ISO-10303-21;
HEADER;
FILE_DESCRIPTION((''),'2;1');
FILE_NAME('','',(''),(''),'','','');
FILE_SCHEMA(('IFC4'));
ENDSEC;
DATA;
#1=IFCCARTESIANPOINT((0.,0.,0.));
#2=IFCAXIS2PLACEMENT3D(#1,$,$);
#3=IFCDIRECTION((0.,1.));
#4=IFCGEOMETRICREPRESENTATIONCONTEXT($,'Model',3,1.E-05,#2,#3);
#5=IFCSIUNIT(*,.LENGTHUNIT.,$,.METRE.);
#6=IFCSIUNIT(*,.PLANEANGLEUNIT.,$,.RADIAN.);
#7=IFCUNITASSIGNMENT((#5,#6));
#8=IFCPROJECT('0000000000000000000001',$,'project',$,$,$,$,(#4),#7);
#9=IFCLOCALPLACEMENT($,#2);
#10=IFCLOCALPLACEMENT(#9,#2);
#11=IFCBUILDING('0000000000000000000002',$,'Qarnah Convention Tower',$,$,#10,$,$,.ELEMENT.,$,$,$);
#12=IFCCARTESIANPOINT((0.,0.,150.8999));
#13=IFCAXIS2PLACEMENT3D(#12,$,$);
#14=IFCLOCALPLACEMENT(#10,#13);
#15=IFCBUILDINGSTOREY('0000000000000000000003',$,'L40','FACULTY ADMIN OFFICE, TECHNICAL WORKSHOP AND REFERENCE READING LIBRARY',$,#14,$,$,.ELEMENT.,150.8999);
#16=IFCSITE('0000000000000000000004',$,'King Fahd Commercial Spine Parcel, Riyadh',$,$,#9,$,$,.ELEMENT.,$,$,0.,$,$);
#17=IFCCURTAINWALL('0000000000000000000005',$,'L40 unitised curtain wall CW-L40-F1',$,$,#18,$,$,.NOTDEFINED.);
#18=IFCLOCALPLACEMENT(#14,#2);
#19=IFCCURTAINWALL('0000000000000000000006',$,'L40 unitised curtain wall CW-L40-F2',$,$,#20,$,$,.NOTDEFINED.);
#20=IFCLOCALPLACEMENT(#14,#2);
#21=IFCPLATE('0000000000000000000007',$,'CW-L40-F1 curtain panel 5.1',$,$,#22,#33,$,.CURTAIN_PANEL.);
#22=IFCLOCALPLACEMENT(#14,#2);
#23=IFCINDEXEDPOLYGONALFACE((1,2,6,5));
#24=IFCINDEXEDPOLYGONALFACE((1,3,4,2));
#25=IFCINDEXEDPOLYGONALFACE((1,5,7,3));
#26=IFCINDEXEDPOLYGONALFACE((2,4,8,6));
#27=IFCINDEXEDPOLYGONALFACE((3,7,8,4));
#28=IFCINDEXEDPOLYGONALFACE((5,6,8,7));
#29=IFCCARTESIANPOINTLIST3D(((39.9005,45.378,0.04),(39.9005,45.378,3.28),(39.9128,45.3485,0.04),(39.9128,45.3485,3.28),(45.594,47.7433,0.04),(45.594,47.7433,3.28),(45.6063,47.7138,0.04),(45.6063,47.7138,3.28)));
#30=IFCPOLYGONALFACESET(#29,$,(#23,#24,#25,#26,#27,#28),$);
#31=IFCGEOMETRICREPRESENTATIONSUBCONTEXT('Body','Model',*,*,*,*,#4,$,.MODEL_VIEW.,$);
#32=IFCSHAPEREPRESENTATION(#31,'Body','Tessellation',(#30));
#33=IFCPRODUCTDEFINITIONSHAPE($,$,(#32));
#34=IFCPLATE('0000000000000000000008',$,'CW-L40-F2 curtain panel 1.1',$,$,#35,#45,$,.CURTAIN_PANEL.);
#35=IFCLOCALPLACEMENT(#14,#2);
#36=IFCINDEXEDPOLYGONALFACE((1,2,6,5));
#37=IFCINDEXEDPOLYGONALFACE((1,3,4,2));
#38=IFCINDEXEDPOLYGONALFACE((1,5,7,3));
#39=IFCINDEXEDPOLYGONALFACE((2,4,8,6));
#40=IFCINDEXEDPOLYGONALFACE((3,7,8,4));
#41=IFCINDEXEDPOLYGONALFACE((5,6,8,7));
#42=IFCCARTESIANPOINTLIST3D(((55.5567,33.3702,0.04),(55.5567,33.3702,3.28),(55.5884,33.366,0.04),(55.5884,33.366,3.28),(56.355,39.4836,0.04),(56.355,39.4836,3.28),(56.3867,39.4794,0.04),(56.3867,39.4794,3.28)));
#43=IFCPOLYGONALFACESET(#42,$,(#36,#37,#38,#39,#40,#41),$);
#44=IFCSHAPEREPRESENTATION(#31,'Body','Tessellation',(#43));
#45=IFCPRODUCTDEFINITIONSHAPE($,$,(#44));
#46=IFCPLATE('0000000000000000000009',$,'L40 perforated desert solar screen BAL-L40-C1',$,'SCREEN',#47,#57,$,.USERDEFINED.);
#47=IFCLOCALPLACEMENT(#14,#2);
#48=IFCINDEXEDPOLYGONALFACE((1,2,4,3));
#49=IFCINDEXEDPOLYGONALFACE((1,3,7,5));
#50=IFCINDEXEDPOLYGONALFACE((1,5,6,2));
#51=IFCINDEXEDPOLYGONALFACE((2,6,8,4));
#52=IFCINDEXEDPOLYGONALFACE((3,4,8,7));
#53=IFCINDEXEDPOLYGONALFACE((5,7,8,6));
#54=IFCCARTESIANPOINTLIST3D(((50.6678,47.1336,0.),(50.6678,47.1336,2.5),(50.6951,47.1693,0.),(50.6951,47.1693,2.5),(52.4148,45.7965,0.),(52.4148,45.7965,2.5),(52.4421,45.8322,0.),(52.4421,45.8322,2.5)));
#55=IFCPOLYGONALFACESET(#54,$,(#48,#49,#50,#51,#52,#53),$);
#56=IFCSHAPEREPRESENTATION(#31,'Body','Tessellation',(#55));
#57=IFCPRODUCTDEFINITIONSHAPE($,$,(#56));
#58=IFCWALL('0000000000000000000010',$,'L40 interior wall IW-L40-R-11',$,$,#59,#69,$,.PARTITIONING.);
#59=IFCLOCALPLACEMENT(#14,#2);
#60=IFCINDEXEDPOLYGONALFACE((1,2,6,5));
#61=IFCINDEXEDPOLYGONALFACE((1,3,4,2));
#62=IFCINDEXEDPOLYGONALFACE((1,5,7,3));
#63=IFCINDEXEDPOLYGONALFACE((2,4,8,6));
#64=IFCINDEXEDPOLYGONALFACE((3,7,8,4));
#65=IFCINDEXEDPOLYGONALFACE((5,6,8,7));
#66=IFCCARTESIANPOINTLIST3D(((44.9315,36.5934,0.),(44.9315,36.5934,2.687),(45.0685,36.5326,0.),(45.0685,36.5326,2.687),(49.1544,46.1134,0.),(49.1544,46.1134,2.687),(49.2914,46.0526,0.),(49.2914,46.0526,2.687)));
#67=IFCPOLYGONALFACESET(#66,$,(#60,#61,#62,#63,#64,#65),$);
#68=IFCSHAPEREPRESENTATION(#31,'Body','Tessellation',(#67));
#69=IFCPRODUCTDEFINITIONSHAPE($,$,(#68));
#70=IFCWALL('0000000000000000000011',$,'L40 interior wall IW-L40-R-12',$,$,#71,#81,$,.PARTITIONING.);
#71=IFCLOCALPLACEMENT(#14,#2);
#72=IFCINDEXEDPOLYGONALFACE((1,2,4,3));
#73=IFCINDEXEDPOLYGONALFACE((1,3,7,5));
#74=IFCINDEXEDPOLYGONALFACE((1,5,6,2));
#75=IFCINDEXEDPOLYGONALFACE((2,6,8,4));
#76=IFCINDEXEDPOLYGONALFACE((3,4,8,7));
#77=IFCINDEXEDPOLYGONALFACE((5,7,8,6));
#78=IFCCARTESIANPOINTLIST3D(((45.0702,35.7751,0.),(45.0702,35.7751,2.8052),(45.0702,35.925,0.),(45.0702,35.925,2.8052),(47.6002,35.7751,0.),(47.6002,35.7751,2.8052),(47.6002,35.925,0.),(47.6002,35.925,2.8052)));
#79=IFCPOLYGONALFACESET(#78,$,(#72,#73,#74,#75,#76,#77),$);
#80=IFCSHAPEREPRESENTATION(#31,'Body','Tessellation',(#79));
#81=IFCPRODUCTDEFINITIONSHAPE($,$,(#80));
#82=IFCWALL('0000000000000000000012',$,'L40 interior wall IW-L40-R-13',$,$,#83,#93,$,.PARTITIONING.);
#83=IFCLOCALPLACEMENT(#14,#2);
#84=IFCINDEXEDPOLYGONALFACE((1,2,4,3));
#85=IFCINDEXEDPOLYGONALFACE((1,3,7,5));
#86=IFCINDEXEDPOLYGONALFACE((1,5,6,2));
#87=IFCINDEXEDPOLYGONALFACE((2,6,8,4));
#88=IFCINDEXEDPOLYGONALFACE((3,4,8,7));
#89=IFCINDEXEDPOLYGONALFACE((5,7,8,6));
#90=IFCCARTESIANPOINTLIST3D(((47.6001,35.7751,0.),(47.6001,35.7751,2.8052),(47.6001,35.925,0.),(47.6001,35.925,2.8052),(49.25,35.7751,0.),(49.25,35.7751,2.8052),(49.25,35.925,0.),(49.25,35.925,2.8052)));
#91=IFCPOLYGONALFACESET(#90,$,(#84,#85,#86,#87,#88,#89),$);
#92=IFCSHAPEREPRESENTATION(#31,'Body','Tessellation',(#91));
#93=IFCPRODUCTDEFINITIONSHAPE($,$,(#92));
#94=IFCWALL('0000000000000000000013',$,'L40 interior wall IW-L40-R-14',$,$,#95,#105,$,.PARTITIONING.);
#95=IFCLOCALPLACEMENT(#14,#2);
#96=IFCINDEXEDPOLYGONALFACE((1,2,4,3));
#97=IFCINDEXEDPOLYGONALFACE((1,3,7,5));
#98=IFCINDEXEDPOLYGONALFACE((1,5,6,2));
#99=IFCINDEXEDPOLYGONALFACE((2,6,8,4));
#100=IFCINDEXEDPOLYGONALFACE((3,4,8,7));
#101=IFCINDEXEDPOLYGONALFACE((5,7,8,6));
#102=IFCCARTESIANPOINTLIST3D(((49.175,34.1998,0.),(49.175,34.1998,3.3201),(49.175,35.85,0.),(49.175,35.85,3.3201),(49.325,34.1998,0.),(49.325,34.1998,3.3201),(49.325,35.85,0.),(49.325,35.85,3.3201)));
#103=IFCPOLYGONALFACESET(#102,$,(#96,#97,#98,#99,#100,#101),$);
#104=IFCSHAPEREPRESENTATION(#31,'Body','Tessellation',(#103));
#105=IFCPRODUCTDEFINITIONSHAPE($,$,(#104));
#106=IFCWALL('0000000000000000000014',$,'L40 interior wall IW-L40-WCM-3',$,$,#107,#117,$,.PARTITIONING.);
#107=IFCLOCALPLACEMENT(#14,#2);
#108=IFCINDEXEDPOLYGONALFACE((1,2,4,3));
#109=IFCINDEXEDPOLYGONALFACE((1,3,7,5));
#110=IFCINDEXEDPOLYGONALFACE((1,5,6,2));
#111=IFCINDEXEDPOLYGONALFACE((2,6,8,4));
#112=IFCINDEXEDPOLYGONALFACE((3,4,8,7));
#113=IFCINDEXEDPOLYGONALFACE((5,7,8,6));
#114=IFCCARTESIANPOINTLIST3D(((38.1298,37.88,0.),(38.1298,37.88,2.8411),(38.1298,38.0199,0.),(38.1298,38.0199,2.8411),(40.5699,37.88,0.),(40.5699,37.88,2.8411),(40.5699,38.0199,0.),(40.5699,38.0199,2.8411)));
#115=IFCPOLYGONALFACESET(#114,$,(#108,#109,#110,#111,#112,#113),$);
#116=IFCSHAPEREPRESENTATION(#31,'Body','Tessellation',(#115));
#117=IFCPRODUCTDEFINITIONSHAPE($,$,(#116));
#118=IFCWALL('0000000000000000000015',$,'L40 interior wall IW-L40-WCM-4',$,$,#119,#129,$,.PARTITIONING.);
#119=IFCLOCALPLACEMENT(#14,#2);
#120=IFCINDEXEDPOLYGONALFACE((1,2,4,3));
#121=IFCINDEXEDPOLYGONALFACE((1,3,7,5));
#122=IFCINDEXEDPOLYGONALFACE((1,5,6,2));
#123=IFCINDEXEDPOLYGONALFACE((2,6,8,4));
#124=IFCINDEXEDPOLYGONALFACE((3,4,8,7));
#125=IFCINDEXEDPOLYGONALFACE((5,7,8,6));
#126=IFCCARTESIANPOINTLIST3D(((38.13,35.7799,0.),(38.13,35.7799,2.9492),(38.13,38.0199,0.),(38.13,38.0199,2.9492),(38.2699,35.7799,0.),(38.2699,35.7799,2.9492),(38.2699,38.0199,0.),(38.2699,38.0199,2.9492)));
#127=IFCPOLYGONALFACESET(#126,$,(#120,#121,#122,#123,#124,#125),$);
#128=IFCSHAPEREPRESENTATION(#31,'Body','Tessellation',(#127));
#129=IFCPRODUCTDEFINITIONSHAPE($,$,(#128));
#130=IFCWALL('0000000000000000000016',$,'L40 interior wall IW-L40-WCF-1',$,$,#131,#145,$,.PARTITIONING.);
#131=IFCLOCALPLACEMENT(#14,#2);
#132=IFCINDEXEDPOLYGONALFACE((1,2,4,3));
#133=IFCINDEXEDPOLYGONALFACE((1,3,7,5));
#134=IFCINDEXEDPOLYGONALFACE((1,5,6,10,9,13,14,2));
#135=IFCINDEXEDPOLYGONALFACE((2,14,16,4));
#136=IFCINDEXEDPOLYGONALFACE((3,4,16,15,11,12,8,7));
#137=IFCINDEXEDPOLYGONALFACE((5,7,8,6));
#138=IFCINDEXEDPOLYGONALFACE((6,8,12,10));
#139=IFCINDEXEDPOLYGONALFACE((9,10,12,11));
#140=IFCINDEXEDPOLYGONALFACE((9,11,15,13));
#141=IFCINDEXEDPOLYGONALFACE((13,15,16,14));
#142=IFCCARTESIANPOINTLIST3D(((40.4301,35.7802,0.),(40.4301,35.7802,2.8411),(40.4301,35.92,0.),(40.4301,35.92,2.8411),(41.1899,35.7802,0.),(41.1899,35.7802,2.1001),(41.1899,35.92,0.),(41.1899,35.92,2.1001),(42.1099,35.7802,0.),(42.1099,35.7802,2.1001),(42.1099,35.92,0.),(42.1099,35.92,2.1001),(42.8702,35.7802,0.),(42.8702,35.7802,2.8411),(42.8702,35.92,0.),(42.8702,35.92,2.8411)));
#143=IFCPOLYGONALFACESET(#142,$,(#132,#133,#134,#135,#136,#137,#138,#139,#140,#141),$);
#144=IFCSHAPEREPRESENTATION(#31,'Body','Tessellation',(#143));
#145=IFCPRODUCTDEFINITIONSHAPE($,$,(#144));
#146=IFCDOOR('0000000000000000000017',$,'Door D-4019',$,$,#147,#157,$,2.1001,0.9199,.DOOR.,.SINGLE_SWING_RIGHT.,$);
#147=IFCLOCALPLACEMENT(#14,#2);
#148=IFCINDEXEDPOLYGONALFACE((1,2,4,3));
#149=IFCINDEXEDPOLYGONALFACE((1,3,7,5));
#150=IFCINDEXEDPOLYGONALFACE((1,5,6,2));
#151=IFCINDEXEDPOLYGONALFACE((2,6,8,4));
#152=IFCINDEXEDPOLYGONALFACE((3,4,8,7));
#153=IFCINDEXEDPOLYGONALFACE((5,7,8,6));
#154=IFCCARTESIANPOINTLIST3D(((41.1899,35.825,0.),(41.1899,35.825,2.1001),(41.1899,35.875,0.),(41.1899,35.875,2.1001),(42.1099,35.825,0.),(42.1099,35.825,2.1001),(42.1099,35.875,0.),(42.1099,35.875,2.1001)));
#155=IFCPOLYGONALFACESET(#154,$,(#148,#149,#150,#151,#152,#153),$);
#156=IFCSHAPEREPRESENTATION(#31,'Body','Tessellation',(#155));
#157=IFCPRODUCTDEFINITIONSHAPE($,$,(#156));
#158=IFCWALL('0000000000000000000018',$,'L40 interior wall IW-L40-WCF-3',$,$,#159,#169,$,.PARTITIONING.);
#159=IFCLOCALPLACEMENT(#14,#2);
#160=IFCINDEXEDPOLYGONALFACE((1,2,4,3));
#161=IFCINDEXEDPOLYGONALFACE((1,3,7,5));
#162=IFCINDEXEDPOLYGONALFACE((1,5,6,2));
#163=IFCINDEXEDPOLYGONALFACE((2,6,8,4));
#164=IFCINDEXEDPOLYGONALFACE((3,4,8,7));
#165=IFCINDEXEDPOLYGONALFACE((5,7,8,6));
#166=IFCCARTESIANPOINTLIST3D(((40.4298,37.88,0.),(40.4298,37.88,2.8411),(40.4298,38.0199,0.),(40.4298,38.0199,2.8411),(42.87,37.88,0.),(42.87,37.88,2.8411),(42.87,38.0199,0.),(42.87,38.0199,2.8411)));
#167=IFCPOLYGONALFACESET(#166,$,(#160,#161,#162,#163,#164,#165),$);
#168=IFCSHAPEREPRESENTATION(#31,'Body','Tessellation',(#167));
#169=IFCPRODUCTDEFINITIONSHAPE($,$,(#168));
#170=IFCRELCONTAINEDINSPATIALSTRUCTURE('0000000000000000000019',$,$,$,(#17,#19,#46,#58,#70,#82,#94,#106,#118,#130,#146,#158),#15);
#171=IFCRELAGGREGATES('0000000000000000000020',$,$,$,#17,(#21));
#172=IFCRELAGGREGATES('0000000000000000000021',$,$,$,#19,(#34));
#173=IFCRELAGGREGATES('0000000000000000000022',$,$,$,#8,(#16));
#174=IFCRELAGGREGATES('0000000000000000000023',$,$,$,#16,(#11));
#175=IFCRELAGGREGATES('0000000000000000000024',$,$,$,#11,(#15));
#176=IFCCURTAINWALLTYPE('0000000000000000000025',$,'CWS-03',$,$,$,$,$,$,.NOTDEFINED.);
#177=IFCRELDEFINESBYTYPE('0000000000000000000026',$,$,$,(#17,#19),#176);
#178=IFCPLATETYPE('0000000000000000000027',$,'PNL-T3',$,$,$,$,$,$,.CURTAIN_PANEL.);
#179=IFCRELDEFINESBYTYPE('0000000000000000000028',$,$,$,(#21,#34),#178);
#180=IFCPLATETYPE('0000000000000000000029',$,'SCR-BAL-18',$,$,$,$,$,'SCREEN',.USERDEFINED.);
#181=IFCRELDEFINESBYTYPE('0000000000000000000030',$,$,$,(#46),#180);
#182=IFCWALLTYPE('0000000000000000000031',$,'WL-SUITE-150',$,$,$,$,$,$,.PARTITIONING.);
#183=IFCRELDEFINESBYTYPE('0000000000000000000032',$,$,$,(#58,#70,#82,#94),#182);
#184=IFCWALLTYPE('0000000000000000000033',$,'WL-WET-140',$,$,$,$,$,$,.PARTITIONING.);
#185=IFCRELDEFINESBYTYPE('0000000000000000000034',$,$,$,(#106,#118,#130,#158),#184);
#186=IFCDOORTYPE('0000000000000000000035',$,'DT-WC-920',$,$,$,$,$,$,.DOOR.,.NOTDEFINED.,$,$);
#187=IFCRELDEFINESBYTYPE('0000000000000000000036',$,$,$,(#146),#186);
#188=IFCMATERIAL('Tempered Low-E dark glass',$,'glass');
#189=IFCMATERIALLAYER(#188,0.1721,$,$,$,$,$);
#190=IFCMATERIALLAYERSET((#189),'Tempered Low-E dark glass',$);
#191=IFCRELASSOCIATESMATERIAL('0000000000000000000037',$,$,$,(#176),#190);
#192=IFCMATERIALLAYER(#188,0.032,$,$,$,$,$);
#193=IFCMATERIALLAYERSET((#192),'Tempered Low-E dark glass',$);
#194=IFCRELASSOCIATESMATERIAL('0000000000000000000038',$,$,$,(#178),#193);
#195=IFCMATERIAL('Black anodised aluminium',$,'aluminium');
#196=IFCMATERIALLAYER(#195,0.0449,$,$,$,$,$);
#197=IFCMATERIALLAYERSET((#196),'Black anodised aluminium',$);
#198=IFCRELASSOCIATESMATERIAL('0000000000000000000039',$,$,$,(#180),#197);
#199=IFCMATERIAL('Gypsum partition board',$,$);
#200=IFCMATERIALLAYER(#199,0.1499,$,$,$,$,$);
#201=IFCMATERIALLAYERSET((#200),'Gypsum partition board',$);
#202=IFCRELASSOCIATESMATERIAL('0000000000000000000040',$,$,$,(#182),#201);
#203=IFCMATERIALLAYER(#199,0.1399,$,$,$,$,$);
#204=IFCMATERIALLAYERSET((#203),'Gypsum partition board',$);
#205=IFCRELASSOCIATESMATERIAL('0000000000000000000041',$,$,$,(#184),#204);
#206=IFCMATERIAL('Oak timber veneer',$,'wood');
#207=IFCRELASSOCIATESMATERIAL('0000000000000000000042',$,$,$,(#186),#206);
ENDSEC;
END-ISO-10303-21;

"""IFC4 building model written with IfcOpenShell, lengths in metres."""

from ifc_helpers import new_model, si_unit, direction, frame, frame_2d, origin, origin_2d, place, context, subcontext, project, spatial, rectangle, extrude, material, layer, layer_set, type_object, element, fill, aggregate, save


model = new_model("IFC4")

# Units and contexts
model_context = context("Model", 3, precision=1e-05, world=origin(), true_north=direction((0.0, 1.0)))
body_context = subcontext(model_context, "Body", "Model", "MODEL_VIEW")
ifc_project = project(units=[si_unit("LENGTHUNIT", "METRE"), si_unit("PLANEANGLEUNIT", "RADIAN")], contexts=[model_context])

# Site, building, storey
site_placement = place(None, origin())
site = spatial("IfcSite", under=ifc_project, at=site_placement, Name="King Fahd Commercial Spine Parcel, Riyadh", CompositionType="ELEMENT", RefElevation=0.0)
building_placement = place(site_placement, origin())
building = spatial("IfcBuilding", under=site, at=building_placement, Name="Qarnah Convention Tower", CompositionType="ELEMENT")
storey_placement = place(building_placement, frame((0.0, 0.0, 150.8999)))
storey = spatial("IfcBuildingStorey", under=building, at=storey_placement, Name="L40", Description="FACULTY ADMIN OFFICE, TECHNICAL WORKSHOP AND REFERENCE READING LIBRARY", CompositionType="ELEMENT", Elevation=150.8999)

# Curtain walls
ifc_material_1 = material(Name="Tempered Low-E dark glass", Category="glass")
ifc_layer_1 = layer(ifc_material_1, 0.1721)
ifc_layer_set_1 = layer_set([ifc_layer_1], Name="Tempered Low-E dark glass")
curtain_wall_type = type_object("IfcCurtainWallType", Name="CWS-03", PredefinedType="NOTDEFINED", material=ifc_layer_set_1)
curtain_wall_1_placement = place(storey_placement, origin())
curtain_wall_1 = element("IfcCurtainWall", 1, at=curtain_wall_1_placement, inside=storey, type_object=curtain_wall_type, Name="L40 unitised curtain wall CW-L40-F1", PredefinedType="NOTDEFINED")
ifc_material_2 = material(Name="Black anodised aluminium", Category="aluminium")
curtain_wall_2_placement = place(storey_placement, origin())
curtain_wall_2 = element("IfcCurtainWall", 2, at=curtain_wall_2_placement, inside=storey, type_object=curtain_wall_type, Name="L40 unitised curtain wall CW-L40-F2", PredefinedType="NOTDEFINED")

# Plates
ifc_layer_2 = layer(ifc_material_1, 0.032)
ifc_layer_set_2 = layer_set([ifc_layer_2], Name="Tempered Low-E dark glass")
plate_type_1 = type_object("IfcPlateType", Name="PNL-T3", PredefinedType="CURTAIN_PANEL", material=ifc_layer_set_2)
plate_1_placement = place(storey_placement, frame((42.7534, 46.5459, 0.04), z_axis=(0.0, 0.0, 1.0), x_axis=(0.923479, 0.383649, 0.0)))
plate_1 = element("IfcPlate", 3, at=plate_1_placement, type_object=plate_type_1, Name="CW-L40-F1 curtain panel 5.1", PredefinedType="CURTAIN_PANEL", context=body_context, shape_type="SweptSolid", body=[
    extrude(rectangle(XDim=6.1653, YDim=0.032, at=origin_2d()), origin(), (0.0, 0.0, 1.0), 3.24),
])
aggregate(curtain_wall_1, [plate_1])
plate_2_placement = place(storey_placement, frame((55.9717, 36.4248, 0.04), z_axis=(0.0, 0.0, 1.0), x_axis=(-0.129476, -0.991583, 0.0)))
plate_2 = element("IfcPlate", 4, at=plate_2_placement, type_object=plate_type_1, Name="CW-L40-F2 curtain panel 1.1", PredefinedType="CURTAIN_PANEL", context=body_context, shape_type="SweptSolid", body=[
    extrude(rectangle(XDim=6.1653, YDim=0.032, at=origin_2d()), origin(), (0.0, 0.0, 1.0), 3.24),
])
aggregate(curtain_wall_2, [plate_2])
ifc_layer_3 = layer(ifc_material_2, 0.0449)
ifc_layer_set_3 = layer_set([ifc_layer_3], Name="Black anodised aluminium")
plate_type_2 = type_object("IfcPlateType", Name="SCR-BAL-18", ElementType="SCREEN", PredefinedType="USERDEFINED", material=ifc_layer_set_3)
plate_3_placement = place(storey_placement, frame((51.5549, 46.4829, 0.0), z_axis=(0.0, 0.0, 1.0), x_axis=(0.794092, -0.607797, 0.0)))
element("IfcPlate", 5, at=plate_3_placement, inside=storey, type_object=plate_type_2, Name="L40 perforated desert solar screen BAL-L40-C1", ObjectType="SCREEN", PredefinedType="USERDEFINED", context=body_context, shape_type="SweptSolid", body=[
    extrude(rectangle(XDim=2.2, YDim=0.0449, at=origin_2d()), origin(), (0.0, 0.0, 1.0), 2.5),
])

# Walls
ifc_material_3 = material(Name="Gypsum partition board")
ifc_layer_4 = layer(ifc_material_3, 0.1499)
ifc_layer_set_4 = layer_set([ifc_layer_4], Name="Gypsum partition board")
wall_type_1 = type_object("IfcWallType", Name="WL-SUITE-150", PredefinedType="PARTITIONING", material=ifc_layer_set_4)
wall_1_placement = place(storey_placement, frame((49.2229, 46.083, 0.0), z_axis=(0.0, 0.0, 1.0), x_axis=(-0.405479, -0.914104, 0.0)))
element("IfcWall", 6, at=wall_1_placement, inside=storey, type_object=wall_type_1, Name="L40 interior wall IW-L40-R-11", PredefinedType="PARTITIONING", context=body_context, shape_type="SweptSolid", body=[
    extrude(rectangle(XDim=10.4146, YDim=0.1499, at=frame_2d((5.2073, 0.0))), origin(), (0.0, 0.0, 1.0), 2.687),
])
wall_2_placement = place(storey_placement, frame((45.0701, 35.8501, 0.0), z_axis=(0.0, 0.0, 1.0), x_axis=(1.0, 0.0, 0.0)))
element("IfcWall", 7, at=wall_2_placement, inside=storey, type_object=wall_type_1, Name="L40 interior wall IW-L40-R-12", PredefinedType="PARTITIONING", context=body_context, shape_type="SweptSolid", body=[
    extrude(rectangle(XDim=2.53, YDim=0.1499, at=frame_2d((1.2651, 0.0))), origin(), (0.0, 0.0, 1.0), 2.8052),
])
wall_3_placement = place(storey_placement, frame((47.6001, 35.8501, 0.0), z_axis=(0.0, 0.0, 1.0), x_axis=(1.0, 0.0, 0.0)))
element("IfcWall", 8, at=wall_3_placement, inside=storey, type_object=wall_type_1, Name="L40 interior wall IW-L40-R-13", PredefinedType="PARTITIONING", context=body_context, shape_type="SweptSolid", body=[
    extrude(rectangle(XDim=1.6499, YDim=0.1499, at=frame_2d((0.825, 0.0))), origin(), (0.0, 0.0, 1.0), 2.8052),
])
wall_4_placement = place(storey_placement, frame((49.25, 35.8501, 0.0), z_axis=(0.0, 0.0, 1.0), x_axis=(0.0, -1.0, 0.0)))
element("IfcWall", 9, at=wall_4_placement, inside=storey, type_object=wall_type_1, Name="L40 interior wall IW-L40-R-14", PredefinedType="PARTITIONING", context=body_context, shape_type="SweptSolid", body=[
    extrude(rectangle(XDim=1.6501, YDim=0.1499, at=frame_2d((0.8252, 0.0))), origin(), (0.0, 0.0, 1.0), 3.3201),
])
ifc_layer_5 = layer(ifc_material_3, 0.1399)
ifc_layer_set_5 = layer_set([ifc_layer_5], Name="Gypsum partition board")
wall_type_2 = type_object("IfcWallType", Name="WL-WET-140", PredefinedType="PARTITIONING", material=ifc_layer_set_5)
wall_5_placement = place(storey_placement, frame((40.5701, 37.95, 0.0), z_axis=(0.0, 0.0, 1.0), x_axis=(-1.0, 0.0, 0.0)))
element("IfcWall", 10, at=wall_5_placement, inside=storey, type_object=wall_type_2, Name="L40 interior wall IW-L40-WCM-3", PredefinedType="PARTITIONING", context=body_context, shape_type="SweptSolid", body=[
    extrude(rectangle(XDim=2.4402, YDim=0.1399, at=frame_2d((1.2202, 0.0))), origin(), (0.0, 0.0, 1.0), 2.8411),
])
wall_6_placement = place(storey_placement, frame((38.2, 38.02, 0.0), z_axis=(0.0, 0.0, 1.0), x_axis=(0.0, -1.0, 0.0)))
element("IfcWall", 11, at=wall_6_placement, inside=storey, type_object=wall_type_2, Name="L40 interior wall IW-L40-WCM-4", PredefinedType="PARTITIONING", context=body_context, shape_type="SweptSolid", body=[
    extrude(rectangle(XDim=2.24, YDim=0.1399, at=frame_2d((1.1201, 0.0))), origin(), (0.0, 0.0, 1.0), 2.9492),
])

# Wall, opening, door
wall_7_placement = place(storey_placement, frame((40.4299, 35.8501, 0.0), z_axis=(0.0, 0.0, 1.0), x_axis=(1.0, 0.0, 0.0)))
wall_7 = element("IfcWall", 12, at=wall_7_placement, inside=storey, type_object=wall_type_2, Name="L40 interior wall IW-L40-WCF-1", PredefinedType="PARTITIONING", context=body_context, shape_type="SweptSolid", body=[
    extrude(rectangle(XDim=2.4402, YDim=0.1399, at=frame_2d((1.2202, 0.0))), origin(), (0.0, 0.0, 1.0), 2.8411),
])
opening_1_placement = place(wall_7_placement, frame((0.76, 0.0, 0.0)))
opening_1 = element("IfcOpeningElement", 13, at=opening_1_placement, cuts=wall_7, PredefinedType="OPENING", context=body_context, shape_type="SweptSolid", body=[
    extrude(rectangle(XDim=0.9199, YDim=2.1001, at=frame_2d((0.46, 1.05))), frame((0.0, 0.0798, 0.0), z_axis=(0.0, -1.0, 0.0), x_axis=(1.0, 0.0, 0.0)), (0.0, 0.0, 1.0), 0.1599),
])
ifc_material_4 = material(Name="Oak timber veneer", Category="wood")
door_type_1 = type_object("IfcDoorType", Name="DT-WC-920", OperationType="NOTDEFINED", PredefinedType="DOOR", material=ifc_material_4)
door_1_placement = place(opening_1_placement, origin())
door_1 = element("IfcDoor", 14, at=door_1_placement, inside=storey, type_object=door_type_1, Name="Door D-4019", OperationType="SINGLE_SWING_RIGHT", OverallHeight=2.1001, OverallWidth=0.9199, PredefinedType="DOOR", context=body_context, shape_type="SweptSolid", body=[
    extrude(rectangle(XDim=0.9199, YDim=2.1001, at=frame_2d((0.46, 1.05))), frame((0.0, 0.0249, 0.0), z_axis=(0.0, -1.0, 0.0), x_axis=(1.0, 0.0, 0.0)), (0.0, 0.0, 1.0), 0.05),
])
fill(opening_1, door_1)

# Wall
wall_8_placement = place(storey_placement, frame((42.8701, 37.95, 0.0), z_axis=(0.0, 0.0, 1.0), x_axis=(-1.0, 0.0, 0.0)))
element("IfcWall", 15, at=wall_8_placement, inside=storey, type_object=wall_type_2, Name="L40 interior wall IW-L40-WCF-3", PredefinedType="PARTITIONING", context=body_context, shape_type="SweptSolid", body=[
    extrude(rectangle(XDim=2.4402, YDim=0.1399, at=frame_2d((1.2202, 0.0))), origin(), (0.0, 0.0, 1.0), 2.8411),
])

save(model, "model.ifc")
